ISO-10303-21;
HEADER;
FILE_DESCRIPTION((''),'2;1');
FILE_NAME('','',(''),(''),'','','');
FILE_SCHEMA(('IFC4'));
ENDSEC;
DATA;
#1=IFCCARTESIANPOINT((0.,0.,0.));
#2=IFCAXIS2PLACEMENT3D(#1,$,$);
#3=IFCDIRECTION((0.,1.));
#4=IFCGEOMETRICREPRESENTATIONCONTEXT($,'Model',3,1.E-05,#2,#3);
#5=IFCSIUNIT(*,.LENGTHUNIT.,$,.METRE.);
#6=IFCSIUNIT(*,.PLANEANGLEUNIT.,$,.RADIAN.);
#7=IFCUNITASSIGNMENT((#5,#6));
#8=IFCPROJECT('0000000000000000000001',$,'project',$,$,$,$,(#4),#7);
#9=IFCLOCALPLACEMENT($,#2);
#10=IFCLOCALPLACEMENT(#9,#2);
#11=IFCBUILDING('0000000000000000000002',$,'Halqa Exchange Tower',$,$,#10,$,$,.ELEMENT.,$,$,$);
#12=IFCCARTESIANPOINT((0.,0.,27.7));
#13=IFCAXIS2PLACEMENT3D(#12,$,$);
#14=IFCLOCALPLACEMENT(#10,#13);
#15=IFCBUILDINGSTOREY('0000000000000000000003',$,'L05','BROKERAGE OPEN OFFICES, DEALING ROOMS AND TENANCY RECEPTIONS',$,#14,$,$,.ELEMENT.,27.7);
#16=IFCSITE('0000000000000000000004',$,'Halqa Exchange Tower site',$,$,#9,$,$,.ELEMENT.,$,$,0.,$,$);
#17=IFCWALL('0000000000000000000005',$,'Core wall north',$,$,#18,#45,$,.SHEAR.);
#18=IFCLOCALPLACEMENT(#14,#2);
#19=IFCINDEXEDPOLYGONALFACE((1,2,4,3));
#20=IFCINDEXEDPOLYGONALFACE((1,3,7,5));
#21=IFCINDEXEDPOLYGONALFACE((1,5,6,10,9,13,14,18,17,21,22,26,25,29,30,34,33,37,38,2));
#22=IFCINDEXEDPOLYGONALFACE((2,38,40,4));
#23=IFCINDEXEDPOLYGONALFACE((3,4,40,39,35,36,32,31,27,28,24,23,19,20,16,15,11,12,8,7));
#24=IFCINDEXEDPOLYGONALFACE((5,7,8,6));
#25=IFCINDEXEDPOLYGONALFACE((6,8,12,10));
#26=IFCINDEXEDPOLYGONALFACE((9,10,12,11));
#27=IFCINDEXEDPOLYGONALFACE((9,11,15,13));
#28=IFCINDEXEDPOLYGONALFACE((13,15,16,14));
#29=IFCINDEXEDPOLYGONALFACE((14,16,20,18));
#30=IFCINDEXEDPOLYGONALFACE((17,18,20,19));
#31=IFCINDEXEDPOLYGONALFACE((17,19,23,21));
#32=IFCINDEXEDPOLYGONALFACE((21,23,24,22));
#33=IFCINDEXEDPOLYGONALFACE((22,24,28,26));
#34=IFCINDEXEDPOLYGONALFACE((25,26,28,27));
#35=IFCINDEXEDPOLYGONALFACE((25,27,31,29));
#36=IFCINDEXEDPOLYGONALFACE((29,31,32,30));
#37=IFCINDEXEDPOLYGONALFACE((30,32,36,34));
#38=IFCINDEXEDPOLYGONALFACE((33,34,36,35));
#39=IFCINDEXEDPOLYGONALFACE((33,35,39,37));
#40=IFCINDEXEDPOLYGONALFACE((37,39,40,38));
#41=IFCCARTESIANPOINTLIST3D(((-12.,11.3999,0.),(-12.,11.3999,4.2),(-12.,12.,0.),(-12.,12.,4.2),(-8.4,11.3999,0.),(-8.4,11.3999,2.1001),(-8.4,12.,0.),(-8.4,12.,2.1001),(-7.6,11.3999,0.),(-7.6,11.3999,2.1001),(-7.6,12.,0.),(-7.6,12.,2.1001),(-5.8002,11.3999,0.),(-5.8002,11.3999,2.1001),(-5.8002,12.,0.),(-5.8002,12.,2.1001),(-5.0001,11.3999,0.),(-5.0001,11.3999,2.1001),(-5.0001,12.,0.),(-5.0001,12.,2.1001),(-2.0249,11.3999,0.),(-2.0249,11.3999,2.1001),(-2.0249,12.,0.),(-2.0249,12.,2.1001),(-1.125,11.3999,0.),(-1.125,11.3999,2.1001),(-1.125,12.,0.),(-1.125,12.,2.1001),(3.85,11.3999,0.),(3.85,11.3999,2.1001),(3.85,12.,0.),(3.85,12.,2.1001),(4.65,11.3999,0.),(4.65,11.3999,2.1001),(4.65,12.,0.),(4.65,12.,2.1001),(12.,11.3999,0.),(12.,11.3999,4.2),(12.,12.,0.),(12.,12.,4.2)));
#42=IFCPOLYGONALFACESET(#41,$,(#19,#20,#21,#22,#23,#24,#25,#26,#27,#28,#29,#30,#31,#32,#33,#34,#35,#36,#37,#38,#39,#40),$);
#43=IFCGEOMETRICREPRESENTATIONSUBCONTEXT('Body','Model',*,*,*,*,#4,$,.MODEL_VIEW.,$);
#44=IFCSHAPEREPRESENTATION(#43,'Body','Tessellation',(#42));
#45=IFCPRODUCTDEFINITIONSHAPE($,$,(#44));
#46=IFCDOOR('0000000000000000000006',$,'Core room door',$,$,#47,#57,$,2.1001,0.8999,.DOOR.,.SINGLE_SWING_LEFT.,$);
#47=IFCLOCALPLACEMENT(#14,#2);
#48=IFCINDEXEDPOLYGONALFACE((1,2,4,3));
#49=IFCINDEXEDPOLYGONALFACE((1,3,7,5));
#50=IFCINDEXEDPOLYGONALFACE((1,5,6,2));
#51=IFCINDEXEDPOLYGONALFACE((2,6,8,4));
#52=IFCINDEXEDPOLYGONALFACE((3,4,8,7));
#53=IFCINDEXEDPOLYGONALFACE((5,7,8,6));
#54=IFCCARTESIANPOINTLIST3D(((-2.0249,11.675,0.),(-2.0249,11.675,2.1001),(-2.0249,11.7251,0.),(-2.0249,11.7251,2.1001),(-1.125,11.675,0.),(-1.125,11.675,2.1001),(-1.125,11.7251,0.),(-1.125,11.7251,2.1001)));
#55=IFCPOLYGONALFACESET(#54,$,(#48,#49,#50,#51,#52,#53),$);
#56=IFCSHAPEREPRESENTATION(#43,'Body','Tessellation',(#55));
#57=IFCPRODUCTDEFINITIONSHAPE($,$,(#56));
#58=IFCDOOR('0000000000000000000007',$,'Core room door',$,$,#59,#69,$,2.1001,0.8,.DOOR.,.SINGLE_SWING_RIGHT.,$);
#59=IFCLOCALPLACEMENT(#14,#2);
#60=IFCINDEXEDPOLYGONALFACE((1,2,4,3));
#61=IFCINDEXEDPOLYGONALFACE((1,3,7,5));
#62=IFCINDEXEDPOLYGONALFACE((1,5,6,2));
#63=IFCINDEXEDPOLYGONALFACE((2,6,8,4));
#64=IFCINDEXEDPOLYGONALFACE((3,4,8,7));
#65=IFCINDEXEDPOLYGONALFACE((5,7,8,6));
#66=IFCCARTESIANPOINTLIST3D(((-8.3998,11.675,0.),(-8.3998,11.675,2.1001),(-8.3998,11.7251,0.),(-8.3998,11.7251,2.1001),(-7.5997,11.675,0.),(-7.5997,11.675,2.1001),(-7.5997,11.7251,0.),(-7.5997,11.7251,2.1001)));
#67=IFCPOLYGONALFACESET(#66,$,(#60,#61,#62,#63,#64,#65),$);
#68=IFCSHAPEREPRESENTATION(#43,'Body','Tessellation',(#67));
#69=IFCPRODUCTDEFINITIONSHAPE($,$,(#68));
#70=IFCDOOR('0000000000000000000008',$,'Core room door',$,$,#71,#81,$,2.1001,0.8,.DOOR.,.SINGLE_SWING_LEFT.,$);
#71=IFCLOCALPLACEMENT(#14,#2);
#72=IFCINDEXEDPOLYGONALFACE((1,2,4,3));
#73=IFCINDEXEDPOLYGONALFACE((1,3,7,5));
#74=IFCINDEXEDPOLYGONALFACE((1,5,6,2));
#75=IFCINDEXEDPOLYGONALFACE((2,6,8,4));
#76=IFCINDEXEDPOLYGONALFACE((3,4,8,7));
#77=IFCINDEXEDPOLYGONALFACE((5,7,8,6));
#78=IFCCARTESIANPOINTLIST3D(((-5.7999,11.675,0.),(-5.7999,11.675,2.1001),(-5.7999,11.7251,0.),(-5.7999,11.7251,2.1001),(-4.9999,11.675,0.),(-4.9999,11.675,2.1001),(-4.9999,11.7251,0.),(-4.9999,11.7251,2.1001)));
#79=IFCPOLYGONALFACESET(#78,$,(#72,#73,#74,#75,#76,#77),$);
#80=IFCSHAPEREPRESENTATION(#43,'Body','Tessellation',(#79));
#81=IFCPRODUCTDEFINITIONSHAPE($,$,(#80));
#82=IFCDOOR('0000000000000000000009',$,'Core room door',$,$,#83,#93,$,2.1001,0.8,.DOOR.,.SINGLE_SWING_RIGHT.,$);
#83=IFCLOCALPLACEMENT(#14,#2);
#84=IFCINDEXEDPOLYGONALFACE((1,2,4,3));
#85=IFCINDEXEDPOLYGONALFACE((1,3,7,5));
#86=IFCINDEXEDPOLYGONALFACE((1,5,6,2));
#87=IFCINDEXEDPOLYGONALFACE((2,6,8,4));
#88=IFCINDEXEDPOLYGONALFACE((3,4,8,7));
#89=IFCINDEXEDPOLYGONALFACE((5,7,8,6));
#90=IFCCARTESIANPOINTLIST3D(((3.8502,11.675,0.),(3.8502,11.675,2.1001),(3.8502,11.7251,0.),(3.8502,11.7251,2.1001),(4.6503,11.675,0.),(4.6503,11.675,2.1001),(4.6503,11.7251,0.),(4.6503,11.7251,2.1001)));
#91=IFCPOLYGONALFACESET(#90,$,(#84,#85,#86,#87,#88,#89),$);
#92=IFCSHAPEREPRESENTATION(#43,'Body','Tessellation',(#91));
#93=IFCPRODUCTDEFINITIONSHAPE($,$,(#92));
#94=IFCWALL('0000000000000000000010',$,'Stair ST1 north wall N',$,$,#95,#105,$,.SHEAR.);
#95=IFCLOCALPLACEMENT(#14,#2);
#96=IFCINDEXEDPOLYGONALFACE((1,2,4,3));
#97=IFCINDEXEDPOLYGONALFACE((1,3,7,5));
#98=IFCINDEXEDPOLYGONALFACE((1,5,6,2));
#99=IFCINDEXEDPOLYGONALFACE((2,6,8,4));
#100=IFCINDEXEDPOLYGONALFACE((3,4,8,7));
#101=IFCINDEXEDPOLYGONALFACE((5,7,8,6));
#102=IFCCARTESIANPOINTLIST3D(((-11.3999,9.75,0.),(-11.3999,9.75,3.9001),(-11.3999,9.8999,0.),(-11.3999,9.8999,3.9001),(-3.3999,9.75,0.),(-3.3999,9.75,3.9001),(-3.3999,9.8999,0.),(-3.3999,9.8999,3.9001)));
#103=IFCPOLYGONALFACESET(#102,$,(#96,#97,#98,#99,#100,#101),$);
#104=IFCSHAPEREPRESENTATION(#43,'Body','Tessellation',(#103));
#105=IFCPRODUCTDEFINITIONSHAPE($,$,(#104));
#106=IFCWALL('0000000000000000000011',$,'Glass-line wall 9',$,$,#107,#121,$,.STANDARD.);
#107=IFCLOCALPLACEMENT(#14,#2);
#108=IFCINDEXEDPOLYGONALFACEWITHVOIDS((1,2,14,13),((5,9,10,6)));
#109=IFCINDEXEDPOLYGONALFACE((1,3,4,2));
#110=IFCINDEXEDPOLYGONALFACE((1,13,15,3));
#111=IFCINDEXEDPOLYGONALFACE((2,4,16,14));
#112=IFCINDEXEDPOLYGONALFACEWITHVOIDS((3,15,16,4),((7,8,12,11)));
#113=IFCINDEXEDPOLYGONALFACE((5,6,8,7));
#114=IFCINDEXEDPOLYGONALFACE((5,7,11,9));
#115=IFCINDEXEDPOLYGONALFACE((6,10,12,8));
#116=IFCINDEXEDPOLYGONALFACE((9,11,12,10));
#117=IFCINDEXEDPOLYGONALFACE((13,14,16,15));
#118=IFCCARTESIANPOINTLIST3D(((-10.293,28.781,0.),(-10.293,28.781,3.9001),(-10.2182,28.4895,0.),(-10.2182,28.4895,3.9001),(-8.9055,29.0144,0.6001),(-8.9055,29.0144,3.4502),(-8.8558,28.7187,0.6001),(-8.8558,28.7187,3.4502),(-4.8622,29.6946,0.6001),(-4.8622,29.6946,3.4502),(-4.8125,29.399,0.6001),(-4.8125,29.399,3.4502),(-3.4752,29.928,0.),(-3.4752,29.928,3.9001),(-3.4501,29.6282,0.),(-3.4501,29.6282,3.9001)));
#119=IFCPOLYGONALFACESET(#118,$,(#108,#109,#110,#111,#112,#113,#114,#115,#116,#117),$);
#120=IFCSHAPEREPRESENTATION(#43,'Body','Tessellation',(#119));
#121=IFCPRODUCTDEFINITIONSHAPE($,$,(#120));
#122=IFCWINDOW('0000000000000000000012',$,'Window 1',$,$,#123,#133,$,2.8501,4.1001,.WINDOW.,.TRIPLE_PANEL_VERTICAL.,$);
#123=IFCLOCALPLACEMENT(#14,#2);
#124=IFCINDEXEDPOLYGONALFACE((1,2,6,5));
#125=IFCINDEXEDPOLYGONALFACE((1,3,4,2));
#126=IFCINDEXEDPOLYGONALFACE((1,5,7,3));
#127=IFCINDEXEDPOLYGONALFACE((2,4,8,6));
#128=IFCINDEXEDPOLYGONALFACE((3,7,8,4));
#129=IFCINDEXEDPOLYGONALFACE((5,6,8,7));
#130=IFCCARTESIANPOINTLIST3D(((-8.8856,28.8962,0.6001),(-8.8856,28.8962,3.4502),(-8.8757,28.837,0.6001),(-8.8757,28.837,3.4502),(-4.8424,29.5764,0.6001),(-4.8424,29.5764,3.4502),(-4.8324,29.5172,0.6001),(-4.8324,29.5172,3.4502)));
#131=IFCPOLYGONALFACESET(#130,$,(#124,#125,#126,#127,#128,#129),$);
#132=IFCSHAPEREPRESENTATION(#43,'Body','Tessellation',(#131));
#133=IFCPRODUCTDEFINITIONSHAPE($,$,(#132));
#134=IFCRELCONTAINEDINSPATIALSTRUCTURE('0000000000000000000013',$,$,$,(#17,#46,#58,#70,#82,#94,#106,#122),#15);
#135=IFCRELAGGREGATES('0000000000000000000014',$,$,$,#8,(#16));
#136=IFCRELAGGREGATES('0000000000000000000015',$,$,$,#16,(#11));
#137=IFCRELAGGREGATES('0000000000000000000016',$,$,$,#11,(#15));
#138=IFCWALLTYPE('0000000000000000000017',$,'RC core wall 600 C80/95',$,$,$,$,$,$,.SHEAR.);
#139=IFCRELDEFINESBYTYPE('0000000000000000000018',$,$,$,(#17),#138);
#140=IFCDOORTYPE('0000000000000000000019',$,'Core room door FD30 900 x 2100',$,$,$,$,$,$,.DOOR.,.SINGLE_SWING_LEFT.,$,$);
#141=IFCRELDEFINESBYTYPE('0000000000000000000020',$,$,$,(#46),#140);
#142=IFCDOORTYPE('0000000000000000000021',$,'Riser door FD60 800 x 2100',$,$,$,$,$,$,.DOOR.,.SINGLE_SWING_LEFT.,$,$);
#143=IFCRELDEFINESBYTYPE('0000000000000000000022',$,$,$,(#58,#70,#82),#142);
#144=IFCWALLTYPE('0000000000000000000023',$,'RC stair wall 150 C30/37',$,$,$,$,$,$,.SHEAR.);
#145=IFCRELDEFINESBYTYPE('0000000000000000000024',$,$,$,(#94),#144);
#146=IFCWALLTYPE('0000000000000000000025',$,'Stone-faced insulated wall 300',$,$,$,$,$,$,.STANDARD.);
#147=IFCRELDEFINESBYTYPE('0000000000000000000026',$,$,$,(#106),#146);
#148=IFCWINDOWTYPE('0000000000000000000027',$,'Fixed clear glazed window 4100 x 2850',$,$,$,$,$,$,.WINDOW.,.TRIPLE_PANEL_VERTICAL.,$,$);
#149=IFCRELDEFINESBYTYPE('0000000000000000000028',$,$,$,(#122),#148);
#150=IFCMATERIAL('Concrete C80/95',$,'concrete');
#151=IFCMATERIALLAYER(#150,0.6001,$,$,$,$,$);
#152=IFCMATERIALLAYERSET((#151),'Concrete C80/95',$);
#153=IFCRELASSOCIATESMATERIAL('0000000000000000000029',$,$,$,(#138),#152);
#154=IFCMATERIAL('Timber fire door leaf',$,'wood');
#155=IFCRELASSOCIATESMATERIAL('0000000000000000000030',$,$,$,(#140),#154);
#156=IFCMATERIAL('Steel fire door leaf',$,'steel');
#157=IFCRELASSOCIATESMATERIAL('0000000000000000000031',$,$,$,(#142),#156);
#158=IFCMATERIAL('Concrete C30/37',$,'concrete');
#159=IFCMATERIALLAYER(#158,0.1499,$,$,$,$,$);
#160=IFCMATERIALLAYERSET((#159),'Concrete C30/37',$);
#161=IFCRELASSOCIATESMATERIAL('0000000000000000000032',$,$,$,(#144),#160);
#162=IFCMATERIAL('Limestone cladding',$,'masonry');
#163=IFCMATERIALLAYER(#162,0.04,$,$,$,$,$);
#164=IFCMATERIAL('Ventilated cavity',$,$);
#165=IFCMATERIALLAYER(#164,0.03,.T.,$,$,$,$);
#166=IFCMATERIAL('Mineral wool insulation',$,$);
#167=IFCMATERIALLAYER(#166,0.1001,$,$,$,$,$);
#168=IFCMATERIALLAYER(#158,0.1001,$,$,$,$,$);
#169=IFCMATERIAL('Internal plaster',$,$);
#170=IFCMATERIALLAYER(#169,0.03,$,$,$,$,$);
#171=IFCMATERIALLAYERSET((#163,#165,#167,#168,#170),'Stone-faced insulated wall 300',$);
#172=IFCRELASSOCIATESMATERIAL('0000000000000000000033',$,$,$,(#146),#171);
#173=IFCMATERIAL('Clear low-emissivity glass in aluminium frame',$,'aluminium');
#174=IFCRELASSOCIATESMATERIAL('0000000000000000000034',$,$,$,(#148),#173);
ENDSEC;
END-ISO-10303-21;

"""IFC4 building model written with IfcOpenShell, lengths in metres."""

from ifc_helpers import new_model, si_unit, direction, frame, frame_2d, origin, place, context, subcontext, project, spatial, polyline, rectangle, outline, extrude, material, layer, layer_set, type_object, element, fill, save


model = new_model("IFC4")

# Units and contexts
model_context = context("Model", 3, precision=1e-05, world=origin(), true_north=direction((0.0, 1.0)))
body_context = subcontext(model_context, "Body", "Model", "MODEL_VIEW")
ifc_project = project(units=[si_unit("LENGTHUNIT", "METRE"), si_unit("PLANEANGLEUNIT", "RADIAN")], contexts=[model_context])

# Site, building, storey
site_placement = place(None, origin())
site = spatial("IfcSite", under=ifc_project, at=site_placement, Name="Halqa Exchange Tower site", CompositionType="ELEMENT", RefElevation=0.0)
building_placement = place(site_placement, origin())
building = spatial("IfcBuilding", under=site, at=building_placement, Name="Halqa Exchange Tower", CompositionType="ELEMENT")
storey_placement = place(building_placement, frame((0.0, 0.0, 27.7)))
storey = spatial("IfcBuildingStorey", under=building, at=storey_placement, Name="L05", Description="BROKERAGE OPEN OFFICES, DEALING ROOMS AND TENANCY RECEPTIONS", CompositionType="ELEMENT", Elevation=27.7)

# Shared definitions
ifc_material_1 = material(Name="Concrete C80/95", Category="concrete")

# Shared definitions
ifc_material_2 = material(Name="Steel fire door leaf", Category="steel")

# Wall, openings, doors
ifc_layer_1 = layer(ifc_material_1, 0.6001)
ifc_layer_set_1 = layer_set([ifc_layer_1], Name="Concrete C80/95")
wall_type_1 = type_object("IfcWallType", Name="RC core wall 600 C80/95", PredefinedType="SHEAR", material=ifc_layer_set_1)
wall_1_placement = place(storey_placement, frame((-12.0, 11.7, 0.0), z_axis=(0.0, 0.0, 1.0), x_axis=(1.0, 0.0, 0.0)))
wall_1 = element("IfcWall", 1, at=wall_1_placement, inside=storey, type_object=wall_type_1, Name="Core wall north", PredefinedType="SHEAR", context=body_context, shape_type="SweptSolid", body=[
    extrude(rectangle(XDim=24.0, YDim=0.6001, at=frame_2d((12.0, 0.0))), origin(), (0.0, 0.0, 1.0), 4.2),
])
opening_1_placement = place(wall_1_placement, frame((9.9751, 0.0, 0.0)))
opening_1 = element("IfcOpeningElement", 2, at=opening_1_placement, cuts=wall_1, PredefinedType="OPENING", context=body_context, shape_type="SweptSolid", body=[
    extrude(rectangle(XDim=0.8999, YDim=2.1001, at=frame_2d((0.45, 1.05))), frame((0.0, 0.312, 0.0), z_axis=(0.0, -1.0, 0.0), x_axis=(1.0, 0.0, 0.0)), (0.0, 0.0, 1.0), 0.624),
])
opening_2_placement = place(wall_1_placement, frame((3.6001, 0.0, 0.0)))
opening_2 = element("IfcOpeningElement", 3, at=opening_2_placement, cuts=wall_1, PredefinedType="OPENING", context=body_context, shape_type="SweptSolid", body=[
    extrude(rectangle(XDim=0.8, YDim=2.1001, at=frame_2d((0.3999, 1.05))), frame((0.0, 0.312, 0.0), z_axis=(0.0, -1.0, 0.0), x_axis=(1.0, 0.0, 0.0)), (0.0, 0.0, 1.0), 0.624),
])
opening_3_placement = place(wall_1_placement, frame((6.2, 0.0, 0.0)))
opening_3 = element("IfcOpeningElement", 4, at=opening_3_placement, cuts=wall_1, PredefinedType="OPENING", context=body_context, shape_type="SweptSolid", body=[
    extrude(rectangle(XDim=0.8, YDim=2.1001, at=frame_2d((0.3999, 1.05))), frame((0.0, 0.312, 0.0), z_axis=(0.0, -1.0, 0.0), x_axis=(1.0, 0.0, 0.0)), (0.0, 0.0, 1.0), 0.624),
])
opening_4_placement = place(wall_1_placement, frame((15.8501, 0.0, 0.0)))
opening_4 = element("IfcOpeningElement", 5, at=opening_4_placement, cuts=wall_1, PredefinedType="OPENING", context=body_context, shape_type="SweptSolid", body=[
    extrude(rectangle(XDim=0.8, YDim=2.1001, at=frame_2d((0.3999, 1.05))), frame((0.0, 0.312, 0.0), z_axis=(0.0, -1.0, 0.0), x_axis=(1.0, 0.0, 0.0)), (0.0, 0.0, 1.0), 0.624),
])
ifc_material_3 = material(Name="Timber fire door leaf", Category="wood")
door_type_1 = type_object("IfcDoorType", Name="Core room door FD30 900 x 2100", OperationType="SINGLE_SWING_LEFT", PredefinedType="DOOR", material=ifc_material_3)
door_1_placement = place(opening_1_placement, frame((0.8999, 0.0, 0.0), z_axis=(0.0, 0.0, 1.0), x_axis=(-1.0, 0.0, 0.0)))
door_1 = element("IfcDoor", 6, at=door_1_placement, inside=storey, type_object=door_type_1, Name="Core room door", OperationType="SINGLE_SWING_LEFT", OverallHeight=2.1001, OverallWidth=0.8999, PredefinedType="DOOR", context=body_context, shape_type="SweptSolid", body=[
    extrude(rectangle(XDim=0.8999, YDim=2.1001, at=frame_2d((0.45, 1.05))), frame((0.0, 0.0249, 0.0), z_axis=(0.0, -1.0, 0.0), x_axis=(1.0, 0.0, 0.0)), (0.0, 0.0, 1.0), 0.05),
])
fill(opening_1, door_1)
door_type_2 = type_object("IfcDoorType", Name="Riser door FD60 800 x 2100", OperationType="SINGLE_SWING_LEFT", PredefinedType="DOOR", material=ifc_material_2)
door_2_placement = place(opening_2_placement, frame((0.8, 0.0, 0.0), z_axis=(0.0, 0.0, 1.0), x_axis=(-1.0, 0.0, 0.0)))
door_2 = element("IfcDoor", 7, at=door_2_placement, inside=storey, type_object=door_type_2, Name="Core room door", OperationType="SINGLE_SWING_RIGHT", OverallHeight=2.1001, OverallWidth=0.8, PredefinedType="DOOR", context=body_context, shape_type="SweptSolid", body=[
    extrude(rectangle(XDim=0.8, YDim=2.1001, at=frame_2d((0.3999, 1.05))), frame((0.0, 0.0249, 0.0), z_axis=(0.0, -1.0, 0.0), x_axis=(1.0, 0.0, 0.0)), (0.0, 0.0, 1.0), 0.05),
])
fill(opening_2, door_2)
door_3_placement = place(opening_3_placement, frame((0.8, 0.0, 0.0), z_axis=(0.0, 0.0, 1.0), x_axis=(-1.0, 0.0, 0.0)))
door_3 = element("IfcDoor", 8, at=door_3_placement, inside=storey, type_object=door_type_2, Name="Core room door", OperationType="SINGLE_SWING_LEFT", OverallHeight=2.1001, OverallWidth=0.8, PredefinedType="DOOR", context=body_context, shape_type="SweptSolid", body=[
    extrude(rectangle(XDim=0.8, YDim=2.1001, at=frame_2d((0.3999, 1.05))), frame((0.0, 0.0249, 0.0), z_axis=(0.0, -1.0, 0.0), x_axis=(1.0, 0.0, 0.0)), (0.0, 0.0, 1.0), 0.05),
])
fill(opening_3, door_3)
door_4_placement = place(opening_4_placement, frame((0.8, 0.0, 0.0), z_axis=(0.0, 0.0, 1.0), x_axis=(-1.0, 0.0, 0.0)))
door_4 = element("IfcDoor", 9, at=door_4_placement, inside=storey, type_object=door_type_2, Name="Core room door", OperationType="SINGLE_SWING_RIGHT", OverallHeight=2.1001, OverallWidth=0.8, PredefinedType="DOOR", context=body_context, shape_type="SweptSolid", body=[
    extrude(rectangle(XDim=0.8, YDim=2.1001, at=frame_2d((0.3999, 1.05))), frame((0.0, 0.0249, 0.0), z_axis=(0.0, -1.0, 0.0), x_axis=(1.0, 0.0, 0.0)), (0.0, 0.0, 1.0), 0.05),
])
fill(opening_4, door_4)

# Wall
ifc_material_4 = material(Name="Concrete C30/37", Category="concrete")
ifc_layer_2 = layer(ifc_material_4, 0.1499)
ifc_layer_set_2 = layer_set([ifc_layer_2], Name="Concrete C30/37")
wall_type_2 = type_object("IfcWallType", Name="RC stair wall 150 C30/37", PredefinedType="SHEAR", material=ifc_layer_set_2)
wall_2_placement = place(storey_placement, frame((-11.3999, 9.825, 0.0), z_axis=(0.0, 0.0, 1.0), x_axis=(1.0, 0.0, 0.0)))
element("IfcWall", 10, at=wall_2_placement, inside=storey, type_object=wall_type_2, Name="Stair ST1 north wall N", PredefinedType="SHEAR", context=body_context, shape_type="SweptSolid", body=[
    extrude(rectangle(XDim=8.0, YDim=0.1499, at=frame_2d((4.0, 0.0))), origin(), (0.0, 0.0, 1.0), 3.9001),
])

# Wall, opening, window
ifc_material_5 = material(Name="Limestone cladding", Category="masonry")
ifc_layer_3 = layer(ifc_material_5, 0.04)
ifc_material_6 = material(Name="Ventilated cavity")
ifc_layer_4 = layer(ifc_material_6, 0.03, ventilated=True)
ifc_material_7 = material(Name="Mineral wool insulation")
ifc_layer_5 = layer(ifc_material_7, 0.1001)
ifc_layer_6 = layer(ifc_material_4, 0.1001)
ifc_material_8 = material(Name="Internal plaster")
ifc_layer_7 = layer(ifc_material_8, 0.03)
ifc_layer_set_3 = layer_set([ifc_layer_3, ifc_layer_4, ifc_layer_5, ifc_layer_6, ifc_layer_7], Name="Stone-faced insulated wall 300")
wall_type_3 = type_object("IfcWallType", Name="Stone-faced insulated wall 300", PredefinedType="STANDARD", material=ifc_layer_set_3)
wall_3_placement = place(storey_placement, frame((-3.4626, 29.7781, 0.0), z_axis=(0.0, 0.0, 1.0), x_axis=(-0.986142, -0.165905, 0.0)))
wall_3 = element("IfcWall", 11, at=wall_3_placement, inside=storey, type_object=wall_type_3, Name="Glass-line wall 9", PredefinedType="STANDARD", context=body_context, shape_type="SweptSolid", body=[
    extrude(outline(polyline([(-0.0125, -0.1499), (6.9011, -0.1499), (6.8757, 0.1499), (0.0125, 0.1499), (-0.0125, -0.1499)])), origin(), (0.0, 0.0, 1.0), 3.9001),
])
opening_5_placement = place(wall_3_placement, frame((1.394, 0.0, 0.6001)))
opening_5 = element("IfcOpeningElement", 12, at=opening_5_placement, cuts=wall_3, PredefinedType="OPENING", context=body_context, shape_type="SweptSolid", body=[
    extrude(rectangle(XDim=4.1001, YDim=2.8501, at=frame_2d((2.05, 1.425))), frame((0.0, 0.1621, 0.0), z_axis=(0.0, -1.0, 0.0), x_axis=(1.0, 0.0, 0.0)), (0.0, 0.0, 1.0), 0.324),
])
ifc_material_9 = material(Name="Clear low-emissivity glass in aluminium frame", Category="aluminium")
window_type = type_object("IfcWindowType", Name="Fixed clear glazed window 4100 x 2850", PartitioningType="TRIPLE_PANEL_VERTICAL", PredefinedType="WINDOW", material=ifc_material_9)
window_1_placement = place(opening_5_placement, origin())
window_1 = element("IfcWindow", 13, at=window_1_placement, inside=storey, type_object=window_type, Name="Window 1", OverallHeight=2.8501, OverallWidth=4.1001, PartitioningType="TRIPLE_PANEL_VERTICAL", PredefinedType="WINDOW", context=body_context, shape_type="SweptSolid", body=[
    extrude(rectangle(XDim=4.1001, YDim=2.8501, at=frame_2d((2.05, 1.425))), frame((0.0, 0.03, 0.0), z_axis=(0.0, -1.0, 0.0), x_axis=(1.0, 0.0, 0.0)), (0.0, 0.0, 1.0), 0.0601),
])
fill(opening_5, window_1)

save(model, "model.ifc")
